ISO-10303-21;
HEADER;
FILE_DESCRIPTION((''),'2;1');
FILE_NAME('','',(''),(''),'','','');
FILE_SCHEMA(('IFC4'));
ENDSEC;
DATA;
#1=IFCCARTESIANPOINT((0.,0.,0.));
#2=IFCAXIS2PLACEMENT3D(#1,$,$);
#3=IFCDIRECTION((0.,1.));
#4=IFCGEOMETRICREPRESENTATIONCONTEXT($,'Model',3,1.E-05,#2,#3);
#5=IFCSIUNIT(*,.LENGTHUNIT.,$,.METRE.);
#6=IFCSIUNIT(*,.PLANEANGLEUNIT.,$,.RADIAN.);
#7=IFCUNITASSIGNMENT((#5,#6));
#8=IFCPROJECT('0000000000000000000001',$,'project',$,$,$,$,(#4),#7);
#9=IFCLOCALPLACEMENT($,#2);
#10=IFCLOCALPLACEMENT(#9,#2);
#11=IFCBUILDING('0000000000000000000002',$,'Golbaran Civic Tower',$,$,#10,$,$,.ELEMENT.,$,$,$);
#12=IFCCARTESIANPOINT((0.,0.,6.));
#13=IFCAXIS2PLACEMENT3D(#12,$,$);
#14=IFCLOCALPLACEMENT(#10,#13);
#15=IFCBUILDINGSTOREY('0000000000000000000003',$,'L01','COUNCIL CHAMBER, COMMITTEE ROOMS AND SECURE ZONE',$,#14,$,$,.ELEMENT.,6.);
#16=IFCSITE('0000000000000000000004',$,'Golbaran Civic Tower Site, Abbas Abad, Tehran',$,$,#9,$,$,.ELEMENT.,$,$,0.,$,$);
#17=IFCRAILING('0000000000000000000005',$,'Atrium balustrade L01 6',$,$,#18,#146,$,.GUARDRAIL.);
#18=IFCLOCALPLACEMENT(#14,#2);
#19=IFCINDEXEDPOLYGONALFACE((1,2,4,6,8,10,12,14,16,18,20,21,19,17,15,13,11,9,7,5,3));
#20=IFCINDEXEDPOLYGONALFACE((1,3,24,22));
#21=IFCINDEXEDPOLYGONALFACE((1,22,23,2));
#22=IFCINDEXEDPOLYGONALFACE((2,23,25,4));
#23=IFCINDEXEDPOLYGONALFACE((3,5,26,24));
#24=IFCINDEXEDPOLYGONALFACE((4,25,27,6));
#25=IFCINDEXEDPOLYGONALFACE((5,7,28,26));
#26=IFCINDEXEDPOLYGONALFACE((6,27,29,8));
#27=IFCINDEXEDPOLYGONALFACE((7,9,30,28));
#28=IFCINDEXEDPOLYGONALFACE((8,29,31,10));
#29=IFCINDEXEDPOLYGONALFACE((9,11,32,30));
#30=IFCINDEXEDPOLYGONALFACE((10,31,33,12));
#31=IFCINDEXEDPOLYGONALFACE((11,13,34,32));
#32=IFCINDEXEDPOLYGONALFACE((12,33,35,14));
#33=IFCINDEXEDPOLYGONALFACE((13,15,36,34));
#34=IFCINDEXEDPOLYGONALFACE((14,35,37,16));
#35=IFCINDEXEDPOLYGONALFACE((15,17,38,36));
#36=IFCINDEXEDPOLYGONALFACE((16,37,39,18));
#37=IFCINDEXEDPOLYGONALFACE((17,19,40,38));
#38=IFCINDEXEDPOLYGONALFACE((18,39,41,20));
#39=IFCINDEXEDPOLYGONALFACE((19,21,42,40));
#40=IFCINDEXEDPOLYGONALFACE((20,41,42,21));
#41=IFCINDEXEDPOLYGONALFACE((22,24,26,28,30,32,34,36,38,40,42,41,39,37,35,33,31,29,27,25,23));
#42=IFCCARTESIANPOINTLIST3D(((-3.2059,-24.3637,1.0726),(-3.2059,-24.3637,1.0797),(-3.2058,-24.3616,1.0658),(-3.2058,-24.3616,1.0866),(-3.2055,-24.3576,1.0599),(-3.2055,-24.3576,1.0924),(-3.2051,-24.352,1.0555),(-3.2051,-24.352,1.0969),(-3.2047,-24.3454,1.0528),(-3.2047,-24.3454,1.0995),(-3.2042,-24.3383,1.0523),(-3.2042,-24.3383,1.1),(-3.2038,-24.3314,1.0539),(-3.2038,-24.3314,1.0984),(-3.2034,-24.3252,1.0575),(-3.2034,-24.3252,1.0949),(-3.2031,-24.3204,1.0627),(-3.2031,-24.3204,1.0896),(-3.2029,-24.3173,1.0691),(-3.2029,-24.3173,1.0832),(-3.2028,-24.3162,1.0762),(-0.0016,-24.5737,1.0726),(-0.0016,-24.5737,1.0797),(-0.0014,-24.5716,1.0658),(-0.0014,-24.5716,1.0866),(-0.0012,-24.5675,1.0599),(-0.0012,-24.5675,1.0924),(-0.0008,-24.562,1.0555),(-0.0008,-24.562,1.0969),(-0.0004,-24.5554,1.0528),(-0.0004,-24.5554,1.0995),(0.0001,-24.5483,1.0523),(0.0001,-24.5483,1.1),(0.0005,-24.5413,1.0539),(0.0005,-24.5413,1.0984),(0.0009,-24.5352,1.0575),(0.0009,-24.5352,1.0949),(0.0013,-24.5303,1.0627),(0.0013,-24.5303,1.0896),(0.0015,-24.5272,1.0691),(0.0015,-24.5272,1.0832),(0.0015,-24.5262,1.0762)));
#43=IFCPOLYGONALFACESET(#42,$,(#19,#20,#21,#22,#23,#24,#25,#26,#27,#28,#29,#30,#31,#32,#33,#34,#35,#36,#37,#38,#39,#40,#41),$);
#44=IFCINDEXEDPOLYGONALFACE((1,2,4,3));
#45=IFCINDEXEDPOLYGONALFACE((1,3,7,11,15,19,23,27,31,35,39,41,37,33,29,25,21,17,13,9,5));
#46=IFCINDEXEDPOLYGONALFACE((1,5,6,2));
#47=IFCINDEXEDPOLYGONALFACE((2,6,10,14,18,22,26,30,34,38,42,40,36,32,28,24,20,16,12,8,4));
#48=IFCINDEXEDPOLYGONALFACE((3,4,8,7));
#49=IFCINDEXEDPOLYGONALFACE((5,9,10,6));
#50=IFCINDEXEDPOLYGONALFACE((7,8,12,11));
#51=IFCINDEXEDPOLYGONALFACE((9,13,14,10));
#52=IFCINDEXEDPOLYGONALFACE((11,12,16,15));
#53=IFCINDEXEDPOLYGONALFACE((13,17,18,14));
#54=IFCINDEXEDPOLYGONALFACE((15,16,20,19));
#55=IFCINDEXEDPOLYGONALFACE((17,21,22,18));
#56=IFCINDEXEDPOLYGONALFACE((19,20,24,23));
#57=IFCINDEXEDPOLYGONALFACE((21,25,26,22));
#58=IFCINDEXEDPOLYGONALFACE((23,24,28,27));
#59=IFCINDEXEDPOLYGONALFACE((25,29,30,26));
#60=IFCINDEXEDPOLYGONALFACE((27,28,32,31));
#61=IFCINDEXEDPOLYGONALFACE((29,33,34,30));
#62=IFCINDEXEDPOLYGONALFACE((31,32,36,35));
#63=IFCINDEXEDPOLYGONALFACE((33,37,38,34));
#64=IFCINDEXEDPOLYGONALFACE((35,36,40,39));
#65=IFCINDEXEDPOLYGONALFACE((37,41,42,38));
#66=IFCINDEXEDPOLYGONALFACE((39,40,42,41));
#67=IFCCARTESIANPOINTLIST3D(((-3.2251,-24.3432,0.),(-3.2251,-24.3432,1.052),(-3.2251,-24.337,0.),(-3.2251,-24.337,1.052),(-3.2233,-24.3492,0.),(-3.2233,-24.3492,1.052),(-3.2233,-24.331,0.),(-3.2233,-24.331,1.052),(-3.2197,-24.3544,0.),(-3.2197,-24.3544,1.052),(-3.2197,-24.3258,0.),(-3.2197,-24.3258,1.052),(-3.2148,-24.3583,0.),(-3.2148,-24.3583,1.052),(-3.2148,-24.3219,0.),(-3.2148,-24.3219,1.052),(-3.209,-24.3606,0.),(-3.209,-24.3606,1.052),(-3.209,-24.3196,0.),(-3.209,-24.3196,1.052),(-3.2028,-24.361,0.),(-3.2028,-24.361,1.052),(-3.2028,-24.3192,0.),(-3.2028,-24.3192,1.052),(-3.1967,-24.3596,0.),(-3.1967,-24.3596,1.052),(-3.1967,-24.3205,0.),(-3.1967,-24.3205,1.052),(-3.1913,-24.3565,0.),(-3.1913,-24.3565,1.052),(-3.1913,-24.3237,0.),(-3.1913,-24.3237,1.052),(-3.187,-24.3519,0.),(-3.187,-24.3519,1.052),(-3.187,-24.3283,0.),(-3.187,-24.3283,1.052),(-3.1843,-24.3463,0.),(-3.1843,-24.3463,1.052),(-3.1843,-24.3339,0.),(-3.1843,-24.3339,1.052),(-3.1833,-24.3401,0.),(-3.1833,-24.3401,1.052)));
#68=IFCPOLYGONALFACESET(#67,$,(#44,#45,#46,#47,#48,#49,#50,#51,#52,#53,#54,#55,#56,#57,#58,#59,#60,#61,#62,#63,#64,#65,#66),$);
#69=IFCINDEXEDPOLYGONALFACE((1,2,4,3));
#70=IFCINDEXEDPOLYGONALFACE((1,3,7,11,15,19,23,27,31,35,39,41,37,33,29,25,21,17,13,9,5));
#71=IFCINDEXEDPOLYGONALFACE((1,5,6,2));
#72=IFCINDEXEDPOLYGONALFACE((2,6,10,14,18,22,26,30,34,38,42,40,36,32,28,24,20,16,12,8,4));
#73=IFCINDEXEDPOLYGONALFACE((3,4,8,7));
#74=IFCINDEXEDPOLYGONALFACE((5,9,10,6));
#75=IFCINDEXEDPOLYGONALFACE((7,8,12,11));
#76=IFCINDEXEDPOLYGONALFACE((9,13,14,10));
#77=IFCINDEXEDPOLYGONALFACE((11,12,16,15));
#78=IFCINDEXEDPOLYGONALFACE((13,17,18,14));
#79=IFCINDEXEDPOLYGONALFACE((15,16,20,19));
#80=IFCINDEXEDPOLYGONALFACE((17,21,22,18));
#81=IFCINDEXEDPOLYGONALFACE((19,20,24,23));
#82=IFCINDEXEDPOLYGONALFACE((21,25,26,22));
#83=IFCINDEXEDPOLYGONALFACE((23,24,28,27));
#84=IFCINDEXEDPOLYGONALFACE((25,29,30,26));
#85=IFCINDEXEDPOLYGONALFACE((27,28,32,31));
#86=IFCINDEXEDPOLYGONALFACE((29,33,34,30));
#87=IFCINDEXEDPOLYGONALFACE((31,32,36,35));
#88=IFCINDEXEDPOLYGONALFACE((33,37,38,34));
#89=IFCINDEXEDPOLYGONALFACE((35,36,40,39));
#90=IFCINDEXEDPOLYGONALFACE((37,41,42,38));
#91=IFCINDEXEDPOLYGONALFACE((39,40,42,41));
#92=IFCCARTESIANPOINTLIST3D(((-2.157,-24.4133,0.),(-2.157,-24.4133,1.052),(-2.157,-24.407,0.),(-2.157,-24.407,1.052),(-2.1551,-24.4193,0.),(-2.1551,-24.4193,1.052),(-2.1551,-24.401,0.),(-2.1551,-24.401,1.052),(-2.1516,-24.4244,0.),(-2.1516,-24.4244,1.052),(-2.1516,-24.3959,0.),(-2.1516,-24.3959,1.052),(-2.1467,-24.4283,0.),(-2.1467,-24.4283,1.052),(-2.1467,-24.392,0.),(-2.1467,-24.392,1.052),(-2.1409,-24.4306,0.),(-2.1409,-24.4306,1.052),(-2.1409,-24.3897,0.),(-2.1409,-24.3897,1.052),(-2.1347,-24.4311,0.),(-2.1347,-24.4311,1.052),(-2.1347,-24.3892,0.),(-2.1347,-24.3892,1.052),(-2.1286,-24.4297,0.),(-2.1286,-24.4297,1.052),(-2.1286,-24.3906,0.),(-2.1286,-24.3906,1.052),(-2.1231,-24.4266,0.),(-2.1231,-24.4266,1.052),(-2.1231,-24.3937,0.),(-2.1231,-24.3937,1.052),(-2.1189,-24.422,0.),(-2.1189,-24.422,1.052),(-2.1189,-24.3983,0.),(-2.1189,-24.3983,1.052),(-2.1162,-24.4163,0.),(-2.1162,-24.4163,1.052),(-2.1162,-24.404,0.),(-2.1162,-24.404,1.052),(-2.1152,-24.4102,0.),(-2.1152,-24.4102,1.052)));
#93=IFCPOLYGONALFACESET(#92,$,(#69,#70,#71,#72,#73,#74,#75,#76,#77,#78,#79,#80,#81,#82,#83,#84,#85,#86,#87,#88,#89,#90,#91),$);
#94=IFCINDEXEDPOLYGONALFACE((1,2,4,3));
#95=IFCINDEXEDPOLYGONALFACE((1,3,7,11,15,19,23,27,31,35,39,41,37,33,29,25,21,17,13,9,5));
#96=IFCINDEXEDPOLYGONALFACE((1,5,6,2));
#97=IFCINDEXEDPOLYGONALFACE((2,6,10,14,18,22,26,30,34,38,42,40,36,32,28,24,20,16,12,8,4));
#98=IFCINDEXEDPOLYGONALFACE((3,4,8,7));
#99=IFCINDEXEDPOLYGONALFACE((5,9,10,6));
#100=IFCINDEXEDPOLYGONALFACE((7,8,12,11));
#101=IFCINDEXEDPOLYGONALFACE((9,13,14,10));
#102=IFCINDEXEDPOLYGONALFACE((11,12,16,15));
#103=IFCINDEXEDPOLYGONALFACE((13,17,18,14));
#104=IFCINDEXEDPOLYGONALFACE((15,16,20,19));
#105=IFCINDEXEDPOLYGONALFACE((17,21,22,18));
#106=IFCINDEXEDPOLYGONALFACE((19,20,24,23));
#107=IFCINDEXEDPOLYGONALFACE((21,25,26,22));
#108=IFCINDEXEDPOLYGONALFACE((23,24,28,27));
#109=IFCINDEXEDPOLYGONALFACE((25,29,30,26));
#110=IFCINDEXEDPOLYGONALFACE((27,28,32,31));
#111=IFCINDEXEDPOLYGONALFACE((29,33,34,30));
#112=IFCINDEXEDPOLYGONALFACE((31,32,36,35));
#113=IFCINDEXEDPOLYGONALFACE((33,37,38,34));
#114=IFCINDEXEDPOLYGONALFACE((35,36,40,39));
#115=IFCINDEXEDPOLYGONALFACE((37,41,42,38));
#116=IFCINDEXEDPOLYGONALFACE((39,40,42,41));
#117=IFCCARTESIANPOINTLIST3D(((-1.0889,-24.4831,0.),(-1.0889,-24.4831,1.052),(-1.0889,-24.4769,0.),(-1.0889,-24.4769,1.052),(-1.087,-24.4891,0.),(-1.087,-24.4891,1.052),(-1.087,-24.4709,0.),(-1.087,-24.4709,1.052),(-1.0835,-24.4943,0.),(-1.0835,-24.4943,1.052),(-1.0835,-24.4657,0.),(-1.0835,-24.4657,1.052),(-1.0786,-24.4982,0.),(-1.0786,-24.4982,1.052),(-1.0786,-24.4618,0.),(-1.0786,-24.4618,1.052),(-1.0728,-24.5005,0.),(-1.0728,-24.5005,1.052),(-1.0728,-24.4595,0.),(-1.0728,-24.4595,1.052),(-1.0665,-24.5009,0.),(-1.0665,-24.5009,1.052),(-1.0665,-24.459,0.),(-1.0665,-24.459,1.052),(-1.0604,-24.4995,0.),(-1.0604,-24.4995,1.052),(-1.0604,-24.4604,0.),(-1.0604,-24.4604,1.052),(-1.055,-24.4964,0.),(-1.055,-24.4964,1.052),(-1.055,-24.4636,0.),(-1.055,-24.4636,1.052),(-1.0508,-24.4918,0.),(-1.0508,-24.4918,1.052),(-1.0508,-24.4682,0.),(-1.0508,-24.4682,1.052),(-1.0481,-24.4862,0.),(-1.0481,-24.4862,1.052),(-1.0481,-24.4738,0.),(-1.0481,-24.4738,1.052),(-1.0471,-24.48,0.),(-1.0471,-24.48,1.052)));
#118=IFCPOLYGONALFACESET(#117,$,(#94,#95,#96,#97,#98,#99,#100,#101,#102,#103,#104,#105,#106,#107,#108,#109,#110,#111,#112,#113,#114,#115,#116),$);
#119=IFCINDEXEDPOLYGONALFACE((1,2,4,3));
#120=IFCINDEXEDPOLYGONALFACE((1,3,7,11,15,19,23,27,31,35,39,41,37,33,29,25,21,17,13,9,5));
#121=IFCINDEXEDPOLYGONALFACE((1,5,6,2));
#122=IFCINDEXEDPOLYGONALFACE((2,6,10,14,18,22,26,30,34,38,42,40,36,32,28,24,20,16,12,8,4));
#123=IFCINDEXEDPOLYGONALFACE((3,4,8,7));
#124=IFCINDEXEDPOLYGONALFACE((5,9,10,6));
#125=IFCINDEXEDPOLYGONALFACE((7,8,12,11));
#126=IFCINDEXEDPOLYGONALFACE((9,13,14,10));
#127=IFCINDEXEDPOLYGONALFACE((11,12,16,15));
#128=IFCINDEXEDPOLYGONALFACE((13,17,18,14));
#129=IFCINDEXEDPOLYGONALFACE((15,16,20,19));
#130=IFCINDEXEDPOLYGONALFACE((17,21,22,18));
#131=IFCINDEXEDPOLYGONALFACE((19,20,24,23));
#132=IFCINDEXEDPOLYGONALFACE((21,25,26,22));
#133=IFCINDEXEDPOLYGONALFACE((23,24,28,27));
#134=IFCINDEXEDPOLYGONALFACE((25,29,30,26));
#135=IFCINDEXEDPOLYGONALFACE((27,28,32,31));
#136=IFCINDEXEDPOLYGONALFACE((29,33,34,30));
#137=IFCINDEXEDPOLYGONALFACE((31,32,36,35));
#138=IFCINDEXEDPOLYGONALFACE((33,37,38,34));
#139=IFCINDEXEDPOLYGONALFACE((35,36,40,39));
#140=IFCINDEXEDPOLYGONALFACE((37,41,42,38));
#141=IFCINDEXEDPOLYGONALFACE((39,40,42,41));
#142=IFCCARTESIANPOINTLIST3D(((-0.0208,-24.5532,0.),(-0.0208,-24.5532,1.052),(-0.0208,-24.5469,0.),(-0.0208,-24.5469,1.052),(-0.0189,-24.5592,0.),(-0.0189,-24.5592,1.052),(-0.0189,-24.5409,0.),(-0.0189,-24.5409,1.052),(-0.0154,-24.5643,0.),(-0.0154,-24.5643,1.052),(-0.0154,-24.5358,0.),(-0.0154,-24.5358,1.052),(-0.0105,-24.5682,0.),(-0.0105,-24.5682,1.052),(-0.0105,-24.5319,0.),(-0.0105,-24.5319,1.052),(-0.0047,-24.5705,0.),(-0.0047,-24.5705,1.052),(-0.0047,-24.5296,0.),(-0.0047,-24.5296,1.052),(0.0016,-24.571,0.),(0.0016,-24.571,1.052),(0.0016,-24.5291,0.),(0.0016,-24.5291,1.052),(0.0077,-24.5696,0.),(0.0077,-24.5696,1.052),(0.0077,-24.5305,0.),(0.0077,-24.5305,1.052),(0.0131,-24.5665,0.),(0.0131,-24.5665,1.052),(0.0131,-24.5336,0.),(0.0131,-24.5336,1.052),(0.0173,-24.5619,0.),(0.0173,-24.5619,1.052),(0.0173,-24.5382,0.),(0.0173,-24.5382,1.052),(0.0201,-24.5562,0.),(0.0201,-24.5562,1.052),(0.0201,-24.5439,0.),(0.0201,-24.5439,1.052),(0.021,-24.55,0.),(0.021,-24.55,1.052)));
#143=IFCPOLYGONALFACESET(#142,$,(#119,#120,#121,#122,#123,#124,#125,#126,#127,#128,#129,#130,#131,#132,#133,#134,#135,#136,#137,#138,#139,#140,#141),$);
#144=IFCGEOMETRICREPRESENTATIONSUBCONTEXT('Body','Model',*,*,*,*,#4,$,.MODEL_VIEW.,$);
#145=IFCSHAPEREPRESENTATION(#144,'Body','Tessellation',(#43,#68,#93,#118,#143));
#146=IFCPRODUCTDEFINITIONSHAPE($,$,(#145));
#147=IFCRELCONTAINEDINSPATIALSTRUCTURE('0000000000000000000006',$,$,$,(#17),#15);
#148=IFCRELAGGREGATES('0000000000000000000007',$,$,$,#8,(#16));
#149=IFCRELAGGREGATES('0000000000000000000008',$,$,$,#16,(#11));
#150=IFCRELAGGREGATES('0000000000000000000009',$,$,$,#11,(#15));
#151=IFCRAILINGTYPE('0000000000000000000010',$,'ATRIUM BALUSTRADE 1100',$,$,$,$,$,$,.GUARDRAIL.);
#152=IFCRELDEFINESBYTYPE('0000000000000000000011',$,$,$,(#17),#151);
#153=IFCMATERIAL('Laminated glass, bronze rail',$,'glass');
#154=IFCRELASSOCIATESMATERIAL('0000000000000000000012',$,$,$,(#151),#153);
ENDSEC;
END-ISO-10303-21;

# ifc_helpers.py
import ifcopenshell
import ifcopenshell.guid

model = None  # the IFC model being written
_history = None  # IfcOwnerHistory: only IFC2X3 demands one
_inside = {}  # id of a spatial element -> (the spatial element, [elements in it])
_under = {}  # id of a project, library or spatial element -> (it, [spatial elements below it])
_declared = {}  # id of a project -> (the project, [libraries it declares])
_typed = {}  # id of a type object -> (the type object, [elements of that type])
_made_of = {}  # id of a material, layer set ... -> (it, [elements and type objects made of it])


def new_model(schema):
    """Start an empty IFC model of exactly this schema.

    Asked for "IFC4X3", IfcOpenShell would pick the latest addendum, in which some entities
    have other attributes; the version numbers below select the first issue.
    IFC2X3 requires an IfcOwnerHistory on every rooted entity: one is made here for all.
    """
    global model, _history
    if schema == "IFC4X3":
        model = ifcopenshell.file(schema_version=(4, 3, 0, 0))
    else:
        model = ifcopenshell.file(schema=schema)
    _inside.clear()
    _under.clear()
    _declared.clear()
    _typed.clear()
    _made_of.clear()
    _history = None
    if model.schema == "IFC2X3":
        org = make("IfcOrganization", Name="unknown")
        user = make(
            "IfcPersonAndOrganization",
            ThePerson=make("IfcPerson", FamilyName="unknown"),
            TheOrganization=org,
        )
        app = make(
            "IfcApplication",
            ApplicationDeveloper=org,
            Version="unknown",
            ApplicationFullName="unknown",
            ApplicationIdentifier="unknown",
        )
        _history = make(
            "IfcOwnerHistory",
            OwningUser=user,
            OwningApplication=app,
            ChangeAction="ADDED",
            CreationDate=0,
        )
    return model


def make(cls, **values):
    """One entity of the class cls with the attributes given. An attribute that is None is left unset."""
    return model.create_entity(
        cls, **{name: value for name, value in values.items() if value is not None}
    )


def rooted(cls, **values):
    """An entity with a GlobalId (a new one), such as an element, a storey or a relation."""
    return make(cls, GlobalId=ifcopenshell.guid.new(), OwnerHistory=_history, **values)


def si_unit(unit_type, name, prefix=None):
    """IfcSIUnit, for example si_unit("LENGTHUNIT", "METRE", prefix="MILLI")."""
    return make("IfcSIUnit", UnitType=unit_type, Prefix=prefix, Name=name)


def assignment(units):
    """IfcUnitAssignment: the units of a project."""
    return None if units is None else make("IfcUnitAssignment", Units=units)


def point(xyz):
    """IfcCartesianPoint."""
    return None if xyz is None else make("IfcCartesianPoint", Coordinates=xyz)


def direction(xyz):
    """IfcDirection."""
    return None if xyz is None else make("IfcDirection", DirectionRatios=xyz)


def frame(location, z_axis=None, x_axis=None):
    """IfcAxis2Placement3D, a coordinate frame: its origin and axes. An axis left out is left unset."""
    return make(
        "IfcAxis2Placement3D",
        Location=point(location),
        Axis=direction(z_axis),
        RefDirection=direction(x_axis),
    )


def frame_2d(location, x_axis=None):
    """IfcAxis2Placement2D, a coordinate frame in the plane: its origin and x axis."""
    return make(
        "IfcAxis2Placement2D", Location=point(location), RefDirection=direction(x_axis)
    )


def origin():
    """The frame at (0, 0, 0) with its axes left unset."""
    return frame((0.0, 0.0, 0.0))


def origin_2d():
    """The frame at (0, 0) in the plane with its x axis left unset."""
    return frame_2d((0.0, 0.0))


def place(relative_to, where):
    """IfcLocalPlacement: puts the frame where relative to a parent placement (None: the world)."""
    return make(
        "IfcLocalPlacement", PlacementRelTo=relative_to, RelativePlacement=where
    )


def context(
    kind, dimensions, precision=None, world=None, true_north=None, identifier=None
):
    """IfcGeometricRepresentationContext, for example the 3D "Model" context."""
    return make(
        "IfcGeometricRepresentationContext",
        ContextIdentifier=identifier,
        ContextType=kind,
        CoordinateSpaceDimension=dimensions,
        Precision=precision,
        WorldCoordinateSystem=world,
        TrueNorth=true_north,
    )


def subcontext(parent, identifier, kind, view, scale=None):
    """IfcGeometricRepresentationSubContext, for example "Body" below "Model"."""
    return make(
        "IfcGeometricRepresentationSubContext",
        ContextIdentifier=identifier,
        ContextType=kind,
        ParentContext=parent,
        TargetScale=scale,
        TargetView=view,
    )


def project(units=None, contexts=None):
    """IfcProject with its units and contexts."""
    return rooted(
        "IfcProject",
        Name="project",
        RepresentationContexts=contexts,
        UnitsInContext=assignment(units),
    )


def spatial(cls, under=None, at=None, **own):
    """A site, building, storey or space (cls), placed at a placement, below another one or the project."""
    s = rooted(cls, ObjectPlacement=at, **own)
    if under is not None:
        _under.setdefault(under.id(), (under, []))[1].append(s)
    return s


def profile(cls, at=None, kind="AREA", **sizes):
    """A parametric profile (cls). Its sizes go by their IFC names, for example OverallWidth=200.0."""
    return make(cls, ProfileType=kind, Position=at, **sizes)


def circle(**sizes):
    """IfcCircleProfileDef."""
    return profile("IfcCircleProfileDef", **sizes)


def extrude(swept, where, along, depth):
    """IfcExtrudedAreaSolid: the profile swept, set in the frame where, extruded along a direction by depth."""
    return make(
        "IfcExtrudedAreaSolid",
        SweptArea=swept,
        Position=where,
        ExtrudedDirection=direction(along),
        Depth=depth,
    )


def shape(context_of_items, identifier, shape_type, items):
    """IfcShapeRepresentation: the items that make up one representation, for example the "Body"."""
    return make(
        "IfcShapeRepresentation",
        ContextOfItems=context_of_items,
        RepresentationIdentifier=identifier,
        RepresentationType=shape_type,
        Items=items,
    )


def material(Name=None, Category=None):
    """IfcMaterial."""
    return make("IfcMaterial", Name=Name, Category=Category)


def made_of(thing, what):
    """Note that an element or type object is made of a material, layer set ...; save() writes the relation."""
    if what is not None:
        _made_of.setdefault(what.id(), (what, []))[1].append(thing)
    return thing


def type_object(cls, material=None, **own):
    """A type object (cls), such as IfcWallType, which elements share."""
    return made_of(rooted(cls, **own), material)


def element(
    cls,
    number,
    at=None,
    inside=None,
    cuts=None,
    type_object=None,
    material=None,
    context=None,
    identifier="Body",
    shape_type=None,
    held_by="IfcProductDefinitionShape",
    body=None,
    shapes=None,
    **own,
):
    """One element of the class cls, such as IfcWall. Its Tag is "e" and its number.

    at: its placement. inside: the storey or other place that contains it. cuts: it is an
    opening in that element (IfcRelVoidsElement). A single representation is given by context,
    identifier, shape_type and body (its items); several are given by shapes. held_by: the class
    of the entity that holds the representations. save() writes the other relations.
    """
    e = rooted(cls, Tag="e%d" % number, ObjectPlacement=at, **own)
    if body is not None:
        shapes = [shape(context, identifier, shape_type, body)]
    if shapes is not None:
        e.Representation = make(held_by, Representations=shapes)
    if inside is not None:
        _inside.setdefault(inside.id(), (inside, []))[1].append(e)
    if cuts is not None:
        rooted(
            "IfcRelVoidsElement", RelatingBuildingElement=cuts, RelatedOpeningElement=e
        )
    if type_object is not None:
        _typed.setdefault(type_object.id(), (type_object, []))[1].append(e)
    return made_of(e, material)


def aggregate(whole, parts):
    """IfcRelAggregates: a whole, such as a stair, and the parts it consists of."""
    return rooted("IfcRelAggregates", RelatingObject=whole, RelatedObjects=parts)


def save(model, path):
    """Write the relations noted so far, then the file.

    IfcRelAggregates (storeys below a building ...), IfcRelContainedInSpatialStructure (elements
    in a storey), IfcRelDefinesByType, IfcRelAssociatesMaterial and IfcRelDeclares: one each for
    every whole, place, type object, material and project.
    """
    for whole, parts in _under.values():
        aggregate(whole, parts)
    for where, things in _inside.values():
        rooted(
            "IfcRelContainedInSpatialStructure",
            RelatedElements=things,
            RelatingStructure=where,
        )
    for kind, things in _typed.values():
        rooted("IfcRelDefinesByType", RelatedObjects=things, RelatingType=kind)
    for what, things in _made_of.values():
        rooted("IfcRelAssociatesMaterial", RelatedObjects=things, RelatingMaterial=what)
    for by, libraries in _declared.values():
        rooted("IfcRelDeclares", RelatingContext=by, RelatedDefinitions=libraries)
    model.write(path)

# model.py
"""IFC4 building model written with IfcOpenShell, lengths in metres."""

from ifc_helpers import new_model, si_unit, direction, frame, origin, origin_2d, place, context, subcontext, project, spatial, circle, extrude, material, type_object, element, save


model = new_model("IFC4")

# Units and contexts
model_context = context("Model", 3, precision=1e-05, world=origin(), true_north=direction((0.0, 1.0)))
body_context = subcontext(model_context, "Body", "Model", "MODEL_VIEW")
ifc_project = project(units=[si_unit("LENGTHUNIT", "METRE"), si_unit("PLANEANGLEUNIT", "RADIAN")], contexts=[model_context])

# Site, building, storey
site_placement = place(None, origin())
site = spatial("IfcSite", under=ifc_project, at=site_placement, Name="Golbaran Civic Tower Site, Abbas Abad, Tehran", CompositionType="ELEMENT", RefElevation=0.0)
building_placement = place(site_placement, origin())
building = spatial("IfcBuilding", under=site, at=building_placement, Name="Golbaran Civic Tower", CompositionType="ELEMENT")
storey_placement = place(building_placement, frame((0.0, 0.0, 6.0)))
storey = spatial("IfcBuildingStorey", under=building, at=storey_placement, Name="L01", Description="COUNCIL CHAMBER, COMMITTEE ROOMS AND SECURE ZONE", CompositionType="ELEMENT", Elevation=6.0)

# Railing
ifc_material_1 = material(Name="Laminated glass, bronze rail", Category="glass")
railing_type = type_object("IfcRailingType", Name="ATRIUM BALUSTRADE 1100", PredefinedType="GUARDRAIL", material=ifc_material_1)
railing_1_placement = place(storey_placement, frame((-3.2043, -24.3401, 0.0)))
element("IfcRailing", 1, at=railing_1_placement, inside=storey, type_object=railing_type, Name="Atrium balustrade L01 6", PredefinedType="GUARDRAIL", context=body_context, shape_type="SweptSolid", body=[
    extrude(circle(Radius=0.0239, at=origin_2d()), frame((0.0, 0.0, 1.0762), z_axis=(0.99786, -0.065384, 0.0), x_axis=(0.065384, 0.99786, 0.0)), (0.0, 0.0, 1.0), 3.2112),
    extrude(circle(Radius=0.021, at=origin_2d()), origin(), (0.0, 0.0, 1.0), 1.052),
    extrude(circle(Radius=0.021, at=origin_2d()), frame((1.0681, -0.0701, 0.0)), (0.0, 0.0, 1.0), 1.052),
    extrude(circle(Radius=0.021, at=origin_2d()), frame((2.1362, -0.1399, 0.0)), (0.0, 0.0, 1.0), 1.052),
    extrude(circle(Radius=0.021, at=origin_2d()), frame((3.2043, -0.21, 0.0)), (0.0, 0.0, 1.0), 1.052),
])

save(model, "model.ifc")
